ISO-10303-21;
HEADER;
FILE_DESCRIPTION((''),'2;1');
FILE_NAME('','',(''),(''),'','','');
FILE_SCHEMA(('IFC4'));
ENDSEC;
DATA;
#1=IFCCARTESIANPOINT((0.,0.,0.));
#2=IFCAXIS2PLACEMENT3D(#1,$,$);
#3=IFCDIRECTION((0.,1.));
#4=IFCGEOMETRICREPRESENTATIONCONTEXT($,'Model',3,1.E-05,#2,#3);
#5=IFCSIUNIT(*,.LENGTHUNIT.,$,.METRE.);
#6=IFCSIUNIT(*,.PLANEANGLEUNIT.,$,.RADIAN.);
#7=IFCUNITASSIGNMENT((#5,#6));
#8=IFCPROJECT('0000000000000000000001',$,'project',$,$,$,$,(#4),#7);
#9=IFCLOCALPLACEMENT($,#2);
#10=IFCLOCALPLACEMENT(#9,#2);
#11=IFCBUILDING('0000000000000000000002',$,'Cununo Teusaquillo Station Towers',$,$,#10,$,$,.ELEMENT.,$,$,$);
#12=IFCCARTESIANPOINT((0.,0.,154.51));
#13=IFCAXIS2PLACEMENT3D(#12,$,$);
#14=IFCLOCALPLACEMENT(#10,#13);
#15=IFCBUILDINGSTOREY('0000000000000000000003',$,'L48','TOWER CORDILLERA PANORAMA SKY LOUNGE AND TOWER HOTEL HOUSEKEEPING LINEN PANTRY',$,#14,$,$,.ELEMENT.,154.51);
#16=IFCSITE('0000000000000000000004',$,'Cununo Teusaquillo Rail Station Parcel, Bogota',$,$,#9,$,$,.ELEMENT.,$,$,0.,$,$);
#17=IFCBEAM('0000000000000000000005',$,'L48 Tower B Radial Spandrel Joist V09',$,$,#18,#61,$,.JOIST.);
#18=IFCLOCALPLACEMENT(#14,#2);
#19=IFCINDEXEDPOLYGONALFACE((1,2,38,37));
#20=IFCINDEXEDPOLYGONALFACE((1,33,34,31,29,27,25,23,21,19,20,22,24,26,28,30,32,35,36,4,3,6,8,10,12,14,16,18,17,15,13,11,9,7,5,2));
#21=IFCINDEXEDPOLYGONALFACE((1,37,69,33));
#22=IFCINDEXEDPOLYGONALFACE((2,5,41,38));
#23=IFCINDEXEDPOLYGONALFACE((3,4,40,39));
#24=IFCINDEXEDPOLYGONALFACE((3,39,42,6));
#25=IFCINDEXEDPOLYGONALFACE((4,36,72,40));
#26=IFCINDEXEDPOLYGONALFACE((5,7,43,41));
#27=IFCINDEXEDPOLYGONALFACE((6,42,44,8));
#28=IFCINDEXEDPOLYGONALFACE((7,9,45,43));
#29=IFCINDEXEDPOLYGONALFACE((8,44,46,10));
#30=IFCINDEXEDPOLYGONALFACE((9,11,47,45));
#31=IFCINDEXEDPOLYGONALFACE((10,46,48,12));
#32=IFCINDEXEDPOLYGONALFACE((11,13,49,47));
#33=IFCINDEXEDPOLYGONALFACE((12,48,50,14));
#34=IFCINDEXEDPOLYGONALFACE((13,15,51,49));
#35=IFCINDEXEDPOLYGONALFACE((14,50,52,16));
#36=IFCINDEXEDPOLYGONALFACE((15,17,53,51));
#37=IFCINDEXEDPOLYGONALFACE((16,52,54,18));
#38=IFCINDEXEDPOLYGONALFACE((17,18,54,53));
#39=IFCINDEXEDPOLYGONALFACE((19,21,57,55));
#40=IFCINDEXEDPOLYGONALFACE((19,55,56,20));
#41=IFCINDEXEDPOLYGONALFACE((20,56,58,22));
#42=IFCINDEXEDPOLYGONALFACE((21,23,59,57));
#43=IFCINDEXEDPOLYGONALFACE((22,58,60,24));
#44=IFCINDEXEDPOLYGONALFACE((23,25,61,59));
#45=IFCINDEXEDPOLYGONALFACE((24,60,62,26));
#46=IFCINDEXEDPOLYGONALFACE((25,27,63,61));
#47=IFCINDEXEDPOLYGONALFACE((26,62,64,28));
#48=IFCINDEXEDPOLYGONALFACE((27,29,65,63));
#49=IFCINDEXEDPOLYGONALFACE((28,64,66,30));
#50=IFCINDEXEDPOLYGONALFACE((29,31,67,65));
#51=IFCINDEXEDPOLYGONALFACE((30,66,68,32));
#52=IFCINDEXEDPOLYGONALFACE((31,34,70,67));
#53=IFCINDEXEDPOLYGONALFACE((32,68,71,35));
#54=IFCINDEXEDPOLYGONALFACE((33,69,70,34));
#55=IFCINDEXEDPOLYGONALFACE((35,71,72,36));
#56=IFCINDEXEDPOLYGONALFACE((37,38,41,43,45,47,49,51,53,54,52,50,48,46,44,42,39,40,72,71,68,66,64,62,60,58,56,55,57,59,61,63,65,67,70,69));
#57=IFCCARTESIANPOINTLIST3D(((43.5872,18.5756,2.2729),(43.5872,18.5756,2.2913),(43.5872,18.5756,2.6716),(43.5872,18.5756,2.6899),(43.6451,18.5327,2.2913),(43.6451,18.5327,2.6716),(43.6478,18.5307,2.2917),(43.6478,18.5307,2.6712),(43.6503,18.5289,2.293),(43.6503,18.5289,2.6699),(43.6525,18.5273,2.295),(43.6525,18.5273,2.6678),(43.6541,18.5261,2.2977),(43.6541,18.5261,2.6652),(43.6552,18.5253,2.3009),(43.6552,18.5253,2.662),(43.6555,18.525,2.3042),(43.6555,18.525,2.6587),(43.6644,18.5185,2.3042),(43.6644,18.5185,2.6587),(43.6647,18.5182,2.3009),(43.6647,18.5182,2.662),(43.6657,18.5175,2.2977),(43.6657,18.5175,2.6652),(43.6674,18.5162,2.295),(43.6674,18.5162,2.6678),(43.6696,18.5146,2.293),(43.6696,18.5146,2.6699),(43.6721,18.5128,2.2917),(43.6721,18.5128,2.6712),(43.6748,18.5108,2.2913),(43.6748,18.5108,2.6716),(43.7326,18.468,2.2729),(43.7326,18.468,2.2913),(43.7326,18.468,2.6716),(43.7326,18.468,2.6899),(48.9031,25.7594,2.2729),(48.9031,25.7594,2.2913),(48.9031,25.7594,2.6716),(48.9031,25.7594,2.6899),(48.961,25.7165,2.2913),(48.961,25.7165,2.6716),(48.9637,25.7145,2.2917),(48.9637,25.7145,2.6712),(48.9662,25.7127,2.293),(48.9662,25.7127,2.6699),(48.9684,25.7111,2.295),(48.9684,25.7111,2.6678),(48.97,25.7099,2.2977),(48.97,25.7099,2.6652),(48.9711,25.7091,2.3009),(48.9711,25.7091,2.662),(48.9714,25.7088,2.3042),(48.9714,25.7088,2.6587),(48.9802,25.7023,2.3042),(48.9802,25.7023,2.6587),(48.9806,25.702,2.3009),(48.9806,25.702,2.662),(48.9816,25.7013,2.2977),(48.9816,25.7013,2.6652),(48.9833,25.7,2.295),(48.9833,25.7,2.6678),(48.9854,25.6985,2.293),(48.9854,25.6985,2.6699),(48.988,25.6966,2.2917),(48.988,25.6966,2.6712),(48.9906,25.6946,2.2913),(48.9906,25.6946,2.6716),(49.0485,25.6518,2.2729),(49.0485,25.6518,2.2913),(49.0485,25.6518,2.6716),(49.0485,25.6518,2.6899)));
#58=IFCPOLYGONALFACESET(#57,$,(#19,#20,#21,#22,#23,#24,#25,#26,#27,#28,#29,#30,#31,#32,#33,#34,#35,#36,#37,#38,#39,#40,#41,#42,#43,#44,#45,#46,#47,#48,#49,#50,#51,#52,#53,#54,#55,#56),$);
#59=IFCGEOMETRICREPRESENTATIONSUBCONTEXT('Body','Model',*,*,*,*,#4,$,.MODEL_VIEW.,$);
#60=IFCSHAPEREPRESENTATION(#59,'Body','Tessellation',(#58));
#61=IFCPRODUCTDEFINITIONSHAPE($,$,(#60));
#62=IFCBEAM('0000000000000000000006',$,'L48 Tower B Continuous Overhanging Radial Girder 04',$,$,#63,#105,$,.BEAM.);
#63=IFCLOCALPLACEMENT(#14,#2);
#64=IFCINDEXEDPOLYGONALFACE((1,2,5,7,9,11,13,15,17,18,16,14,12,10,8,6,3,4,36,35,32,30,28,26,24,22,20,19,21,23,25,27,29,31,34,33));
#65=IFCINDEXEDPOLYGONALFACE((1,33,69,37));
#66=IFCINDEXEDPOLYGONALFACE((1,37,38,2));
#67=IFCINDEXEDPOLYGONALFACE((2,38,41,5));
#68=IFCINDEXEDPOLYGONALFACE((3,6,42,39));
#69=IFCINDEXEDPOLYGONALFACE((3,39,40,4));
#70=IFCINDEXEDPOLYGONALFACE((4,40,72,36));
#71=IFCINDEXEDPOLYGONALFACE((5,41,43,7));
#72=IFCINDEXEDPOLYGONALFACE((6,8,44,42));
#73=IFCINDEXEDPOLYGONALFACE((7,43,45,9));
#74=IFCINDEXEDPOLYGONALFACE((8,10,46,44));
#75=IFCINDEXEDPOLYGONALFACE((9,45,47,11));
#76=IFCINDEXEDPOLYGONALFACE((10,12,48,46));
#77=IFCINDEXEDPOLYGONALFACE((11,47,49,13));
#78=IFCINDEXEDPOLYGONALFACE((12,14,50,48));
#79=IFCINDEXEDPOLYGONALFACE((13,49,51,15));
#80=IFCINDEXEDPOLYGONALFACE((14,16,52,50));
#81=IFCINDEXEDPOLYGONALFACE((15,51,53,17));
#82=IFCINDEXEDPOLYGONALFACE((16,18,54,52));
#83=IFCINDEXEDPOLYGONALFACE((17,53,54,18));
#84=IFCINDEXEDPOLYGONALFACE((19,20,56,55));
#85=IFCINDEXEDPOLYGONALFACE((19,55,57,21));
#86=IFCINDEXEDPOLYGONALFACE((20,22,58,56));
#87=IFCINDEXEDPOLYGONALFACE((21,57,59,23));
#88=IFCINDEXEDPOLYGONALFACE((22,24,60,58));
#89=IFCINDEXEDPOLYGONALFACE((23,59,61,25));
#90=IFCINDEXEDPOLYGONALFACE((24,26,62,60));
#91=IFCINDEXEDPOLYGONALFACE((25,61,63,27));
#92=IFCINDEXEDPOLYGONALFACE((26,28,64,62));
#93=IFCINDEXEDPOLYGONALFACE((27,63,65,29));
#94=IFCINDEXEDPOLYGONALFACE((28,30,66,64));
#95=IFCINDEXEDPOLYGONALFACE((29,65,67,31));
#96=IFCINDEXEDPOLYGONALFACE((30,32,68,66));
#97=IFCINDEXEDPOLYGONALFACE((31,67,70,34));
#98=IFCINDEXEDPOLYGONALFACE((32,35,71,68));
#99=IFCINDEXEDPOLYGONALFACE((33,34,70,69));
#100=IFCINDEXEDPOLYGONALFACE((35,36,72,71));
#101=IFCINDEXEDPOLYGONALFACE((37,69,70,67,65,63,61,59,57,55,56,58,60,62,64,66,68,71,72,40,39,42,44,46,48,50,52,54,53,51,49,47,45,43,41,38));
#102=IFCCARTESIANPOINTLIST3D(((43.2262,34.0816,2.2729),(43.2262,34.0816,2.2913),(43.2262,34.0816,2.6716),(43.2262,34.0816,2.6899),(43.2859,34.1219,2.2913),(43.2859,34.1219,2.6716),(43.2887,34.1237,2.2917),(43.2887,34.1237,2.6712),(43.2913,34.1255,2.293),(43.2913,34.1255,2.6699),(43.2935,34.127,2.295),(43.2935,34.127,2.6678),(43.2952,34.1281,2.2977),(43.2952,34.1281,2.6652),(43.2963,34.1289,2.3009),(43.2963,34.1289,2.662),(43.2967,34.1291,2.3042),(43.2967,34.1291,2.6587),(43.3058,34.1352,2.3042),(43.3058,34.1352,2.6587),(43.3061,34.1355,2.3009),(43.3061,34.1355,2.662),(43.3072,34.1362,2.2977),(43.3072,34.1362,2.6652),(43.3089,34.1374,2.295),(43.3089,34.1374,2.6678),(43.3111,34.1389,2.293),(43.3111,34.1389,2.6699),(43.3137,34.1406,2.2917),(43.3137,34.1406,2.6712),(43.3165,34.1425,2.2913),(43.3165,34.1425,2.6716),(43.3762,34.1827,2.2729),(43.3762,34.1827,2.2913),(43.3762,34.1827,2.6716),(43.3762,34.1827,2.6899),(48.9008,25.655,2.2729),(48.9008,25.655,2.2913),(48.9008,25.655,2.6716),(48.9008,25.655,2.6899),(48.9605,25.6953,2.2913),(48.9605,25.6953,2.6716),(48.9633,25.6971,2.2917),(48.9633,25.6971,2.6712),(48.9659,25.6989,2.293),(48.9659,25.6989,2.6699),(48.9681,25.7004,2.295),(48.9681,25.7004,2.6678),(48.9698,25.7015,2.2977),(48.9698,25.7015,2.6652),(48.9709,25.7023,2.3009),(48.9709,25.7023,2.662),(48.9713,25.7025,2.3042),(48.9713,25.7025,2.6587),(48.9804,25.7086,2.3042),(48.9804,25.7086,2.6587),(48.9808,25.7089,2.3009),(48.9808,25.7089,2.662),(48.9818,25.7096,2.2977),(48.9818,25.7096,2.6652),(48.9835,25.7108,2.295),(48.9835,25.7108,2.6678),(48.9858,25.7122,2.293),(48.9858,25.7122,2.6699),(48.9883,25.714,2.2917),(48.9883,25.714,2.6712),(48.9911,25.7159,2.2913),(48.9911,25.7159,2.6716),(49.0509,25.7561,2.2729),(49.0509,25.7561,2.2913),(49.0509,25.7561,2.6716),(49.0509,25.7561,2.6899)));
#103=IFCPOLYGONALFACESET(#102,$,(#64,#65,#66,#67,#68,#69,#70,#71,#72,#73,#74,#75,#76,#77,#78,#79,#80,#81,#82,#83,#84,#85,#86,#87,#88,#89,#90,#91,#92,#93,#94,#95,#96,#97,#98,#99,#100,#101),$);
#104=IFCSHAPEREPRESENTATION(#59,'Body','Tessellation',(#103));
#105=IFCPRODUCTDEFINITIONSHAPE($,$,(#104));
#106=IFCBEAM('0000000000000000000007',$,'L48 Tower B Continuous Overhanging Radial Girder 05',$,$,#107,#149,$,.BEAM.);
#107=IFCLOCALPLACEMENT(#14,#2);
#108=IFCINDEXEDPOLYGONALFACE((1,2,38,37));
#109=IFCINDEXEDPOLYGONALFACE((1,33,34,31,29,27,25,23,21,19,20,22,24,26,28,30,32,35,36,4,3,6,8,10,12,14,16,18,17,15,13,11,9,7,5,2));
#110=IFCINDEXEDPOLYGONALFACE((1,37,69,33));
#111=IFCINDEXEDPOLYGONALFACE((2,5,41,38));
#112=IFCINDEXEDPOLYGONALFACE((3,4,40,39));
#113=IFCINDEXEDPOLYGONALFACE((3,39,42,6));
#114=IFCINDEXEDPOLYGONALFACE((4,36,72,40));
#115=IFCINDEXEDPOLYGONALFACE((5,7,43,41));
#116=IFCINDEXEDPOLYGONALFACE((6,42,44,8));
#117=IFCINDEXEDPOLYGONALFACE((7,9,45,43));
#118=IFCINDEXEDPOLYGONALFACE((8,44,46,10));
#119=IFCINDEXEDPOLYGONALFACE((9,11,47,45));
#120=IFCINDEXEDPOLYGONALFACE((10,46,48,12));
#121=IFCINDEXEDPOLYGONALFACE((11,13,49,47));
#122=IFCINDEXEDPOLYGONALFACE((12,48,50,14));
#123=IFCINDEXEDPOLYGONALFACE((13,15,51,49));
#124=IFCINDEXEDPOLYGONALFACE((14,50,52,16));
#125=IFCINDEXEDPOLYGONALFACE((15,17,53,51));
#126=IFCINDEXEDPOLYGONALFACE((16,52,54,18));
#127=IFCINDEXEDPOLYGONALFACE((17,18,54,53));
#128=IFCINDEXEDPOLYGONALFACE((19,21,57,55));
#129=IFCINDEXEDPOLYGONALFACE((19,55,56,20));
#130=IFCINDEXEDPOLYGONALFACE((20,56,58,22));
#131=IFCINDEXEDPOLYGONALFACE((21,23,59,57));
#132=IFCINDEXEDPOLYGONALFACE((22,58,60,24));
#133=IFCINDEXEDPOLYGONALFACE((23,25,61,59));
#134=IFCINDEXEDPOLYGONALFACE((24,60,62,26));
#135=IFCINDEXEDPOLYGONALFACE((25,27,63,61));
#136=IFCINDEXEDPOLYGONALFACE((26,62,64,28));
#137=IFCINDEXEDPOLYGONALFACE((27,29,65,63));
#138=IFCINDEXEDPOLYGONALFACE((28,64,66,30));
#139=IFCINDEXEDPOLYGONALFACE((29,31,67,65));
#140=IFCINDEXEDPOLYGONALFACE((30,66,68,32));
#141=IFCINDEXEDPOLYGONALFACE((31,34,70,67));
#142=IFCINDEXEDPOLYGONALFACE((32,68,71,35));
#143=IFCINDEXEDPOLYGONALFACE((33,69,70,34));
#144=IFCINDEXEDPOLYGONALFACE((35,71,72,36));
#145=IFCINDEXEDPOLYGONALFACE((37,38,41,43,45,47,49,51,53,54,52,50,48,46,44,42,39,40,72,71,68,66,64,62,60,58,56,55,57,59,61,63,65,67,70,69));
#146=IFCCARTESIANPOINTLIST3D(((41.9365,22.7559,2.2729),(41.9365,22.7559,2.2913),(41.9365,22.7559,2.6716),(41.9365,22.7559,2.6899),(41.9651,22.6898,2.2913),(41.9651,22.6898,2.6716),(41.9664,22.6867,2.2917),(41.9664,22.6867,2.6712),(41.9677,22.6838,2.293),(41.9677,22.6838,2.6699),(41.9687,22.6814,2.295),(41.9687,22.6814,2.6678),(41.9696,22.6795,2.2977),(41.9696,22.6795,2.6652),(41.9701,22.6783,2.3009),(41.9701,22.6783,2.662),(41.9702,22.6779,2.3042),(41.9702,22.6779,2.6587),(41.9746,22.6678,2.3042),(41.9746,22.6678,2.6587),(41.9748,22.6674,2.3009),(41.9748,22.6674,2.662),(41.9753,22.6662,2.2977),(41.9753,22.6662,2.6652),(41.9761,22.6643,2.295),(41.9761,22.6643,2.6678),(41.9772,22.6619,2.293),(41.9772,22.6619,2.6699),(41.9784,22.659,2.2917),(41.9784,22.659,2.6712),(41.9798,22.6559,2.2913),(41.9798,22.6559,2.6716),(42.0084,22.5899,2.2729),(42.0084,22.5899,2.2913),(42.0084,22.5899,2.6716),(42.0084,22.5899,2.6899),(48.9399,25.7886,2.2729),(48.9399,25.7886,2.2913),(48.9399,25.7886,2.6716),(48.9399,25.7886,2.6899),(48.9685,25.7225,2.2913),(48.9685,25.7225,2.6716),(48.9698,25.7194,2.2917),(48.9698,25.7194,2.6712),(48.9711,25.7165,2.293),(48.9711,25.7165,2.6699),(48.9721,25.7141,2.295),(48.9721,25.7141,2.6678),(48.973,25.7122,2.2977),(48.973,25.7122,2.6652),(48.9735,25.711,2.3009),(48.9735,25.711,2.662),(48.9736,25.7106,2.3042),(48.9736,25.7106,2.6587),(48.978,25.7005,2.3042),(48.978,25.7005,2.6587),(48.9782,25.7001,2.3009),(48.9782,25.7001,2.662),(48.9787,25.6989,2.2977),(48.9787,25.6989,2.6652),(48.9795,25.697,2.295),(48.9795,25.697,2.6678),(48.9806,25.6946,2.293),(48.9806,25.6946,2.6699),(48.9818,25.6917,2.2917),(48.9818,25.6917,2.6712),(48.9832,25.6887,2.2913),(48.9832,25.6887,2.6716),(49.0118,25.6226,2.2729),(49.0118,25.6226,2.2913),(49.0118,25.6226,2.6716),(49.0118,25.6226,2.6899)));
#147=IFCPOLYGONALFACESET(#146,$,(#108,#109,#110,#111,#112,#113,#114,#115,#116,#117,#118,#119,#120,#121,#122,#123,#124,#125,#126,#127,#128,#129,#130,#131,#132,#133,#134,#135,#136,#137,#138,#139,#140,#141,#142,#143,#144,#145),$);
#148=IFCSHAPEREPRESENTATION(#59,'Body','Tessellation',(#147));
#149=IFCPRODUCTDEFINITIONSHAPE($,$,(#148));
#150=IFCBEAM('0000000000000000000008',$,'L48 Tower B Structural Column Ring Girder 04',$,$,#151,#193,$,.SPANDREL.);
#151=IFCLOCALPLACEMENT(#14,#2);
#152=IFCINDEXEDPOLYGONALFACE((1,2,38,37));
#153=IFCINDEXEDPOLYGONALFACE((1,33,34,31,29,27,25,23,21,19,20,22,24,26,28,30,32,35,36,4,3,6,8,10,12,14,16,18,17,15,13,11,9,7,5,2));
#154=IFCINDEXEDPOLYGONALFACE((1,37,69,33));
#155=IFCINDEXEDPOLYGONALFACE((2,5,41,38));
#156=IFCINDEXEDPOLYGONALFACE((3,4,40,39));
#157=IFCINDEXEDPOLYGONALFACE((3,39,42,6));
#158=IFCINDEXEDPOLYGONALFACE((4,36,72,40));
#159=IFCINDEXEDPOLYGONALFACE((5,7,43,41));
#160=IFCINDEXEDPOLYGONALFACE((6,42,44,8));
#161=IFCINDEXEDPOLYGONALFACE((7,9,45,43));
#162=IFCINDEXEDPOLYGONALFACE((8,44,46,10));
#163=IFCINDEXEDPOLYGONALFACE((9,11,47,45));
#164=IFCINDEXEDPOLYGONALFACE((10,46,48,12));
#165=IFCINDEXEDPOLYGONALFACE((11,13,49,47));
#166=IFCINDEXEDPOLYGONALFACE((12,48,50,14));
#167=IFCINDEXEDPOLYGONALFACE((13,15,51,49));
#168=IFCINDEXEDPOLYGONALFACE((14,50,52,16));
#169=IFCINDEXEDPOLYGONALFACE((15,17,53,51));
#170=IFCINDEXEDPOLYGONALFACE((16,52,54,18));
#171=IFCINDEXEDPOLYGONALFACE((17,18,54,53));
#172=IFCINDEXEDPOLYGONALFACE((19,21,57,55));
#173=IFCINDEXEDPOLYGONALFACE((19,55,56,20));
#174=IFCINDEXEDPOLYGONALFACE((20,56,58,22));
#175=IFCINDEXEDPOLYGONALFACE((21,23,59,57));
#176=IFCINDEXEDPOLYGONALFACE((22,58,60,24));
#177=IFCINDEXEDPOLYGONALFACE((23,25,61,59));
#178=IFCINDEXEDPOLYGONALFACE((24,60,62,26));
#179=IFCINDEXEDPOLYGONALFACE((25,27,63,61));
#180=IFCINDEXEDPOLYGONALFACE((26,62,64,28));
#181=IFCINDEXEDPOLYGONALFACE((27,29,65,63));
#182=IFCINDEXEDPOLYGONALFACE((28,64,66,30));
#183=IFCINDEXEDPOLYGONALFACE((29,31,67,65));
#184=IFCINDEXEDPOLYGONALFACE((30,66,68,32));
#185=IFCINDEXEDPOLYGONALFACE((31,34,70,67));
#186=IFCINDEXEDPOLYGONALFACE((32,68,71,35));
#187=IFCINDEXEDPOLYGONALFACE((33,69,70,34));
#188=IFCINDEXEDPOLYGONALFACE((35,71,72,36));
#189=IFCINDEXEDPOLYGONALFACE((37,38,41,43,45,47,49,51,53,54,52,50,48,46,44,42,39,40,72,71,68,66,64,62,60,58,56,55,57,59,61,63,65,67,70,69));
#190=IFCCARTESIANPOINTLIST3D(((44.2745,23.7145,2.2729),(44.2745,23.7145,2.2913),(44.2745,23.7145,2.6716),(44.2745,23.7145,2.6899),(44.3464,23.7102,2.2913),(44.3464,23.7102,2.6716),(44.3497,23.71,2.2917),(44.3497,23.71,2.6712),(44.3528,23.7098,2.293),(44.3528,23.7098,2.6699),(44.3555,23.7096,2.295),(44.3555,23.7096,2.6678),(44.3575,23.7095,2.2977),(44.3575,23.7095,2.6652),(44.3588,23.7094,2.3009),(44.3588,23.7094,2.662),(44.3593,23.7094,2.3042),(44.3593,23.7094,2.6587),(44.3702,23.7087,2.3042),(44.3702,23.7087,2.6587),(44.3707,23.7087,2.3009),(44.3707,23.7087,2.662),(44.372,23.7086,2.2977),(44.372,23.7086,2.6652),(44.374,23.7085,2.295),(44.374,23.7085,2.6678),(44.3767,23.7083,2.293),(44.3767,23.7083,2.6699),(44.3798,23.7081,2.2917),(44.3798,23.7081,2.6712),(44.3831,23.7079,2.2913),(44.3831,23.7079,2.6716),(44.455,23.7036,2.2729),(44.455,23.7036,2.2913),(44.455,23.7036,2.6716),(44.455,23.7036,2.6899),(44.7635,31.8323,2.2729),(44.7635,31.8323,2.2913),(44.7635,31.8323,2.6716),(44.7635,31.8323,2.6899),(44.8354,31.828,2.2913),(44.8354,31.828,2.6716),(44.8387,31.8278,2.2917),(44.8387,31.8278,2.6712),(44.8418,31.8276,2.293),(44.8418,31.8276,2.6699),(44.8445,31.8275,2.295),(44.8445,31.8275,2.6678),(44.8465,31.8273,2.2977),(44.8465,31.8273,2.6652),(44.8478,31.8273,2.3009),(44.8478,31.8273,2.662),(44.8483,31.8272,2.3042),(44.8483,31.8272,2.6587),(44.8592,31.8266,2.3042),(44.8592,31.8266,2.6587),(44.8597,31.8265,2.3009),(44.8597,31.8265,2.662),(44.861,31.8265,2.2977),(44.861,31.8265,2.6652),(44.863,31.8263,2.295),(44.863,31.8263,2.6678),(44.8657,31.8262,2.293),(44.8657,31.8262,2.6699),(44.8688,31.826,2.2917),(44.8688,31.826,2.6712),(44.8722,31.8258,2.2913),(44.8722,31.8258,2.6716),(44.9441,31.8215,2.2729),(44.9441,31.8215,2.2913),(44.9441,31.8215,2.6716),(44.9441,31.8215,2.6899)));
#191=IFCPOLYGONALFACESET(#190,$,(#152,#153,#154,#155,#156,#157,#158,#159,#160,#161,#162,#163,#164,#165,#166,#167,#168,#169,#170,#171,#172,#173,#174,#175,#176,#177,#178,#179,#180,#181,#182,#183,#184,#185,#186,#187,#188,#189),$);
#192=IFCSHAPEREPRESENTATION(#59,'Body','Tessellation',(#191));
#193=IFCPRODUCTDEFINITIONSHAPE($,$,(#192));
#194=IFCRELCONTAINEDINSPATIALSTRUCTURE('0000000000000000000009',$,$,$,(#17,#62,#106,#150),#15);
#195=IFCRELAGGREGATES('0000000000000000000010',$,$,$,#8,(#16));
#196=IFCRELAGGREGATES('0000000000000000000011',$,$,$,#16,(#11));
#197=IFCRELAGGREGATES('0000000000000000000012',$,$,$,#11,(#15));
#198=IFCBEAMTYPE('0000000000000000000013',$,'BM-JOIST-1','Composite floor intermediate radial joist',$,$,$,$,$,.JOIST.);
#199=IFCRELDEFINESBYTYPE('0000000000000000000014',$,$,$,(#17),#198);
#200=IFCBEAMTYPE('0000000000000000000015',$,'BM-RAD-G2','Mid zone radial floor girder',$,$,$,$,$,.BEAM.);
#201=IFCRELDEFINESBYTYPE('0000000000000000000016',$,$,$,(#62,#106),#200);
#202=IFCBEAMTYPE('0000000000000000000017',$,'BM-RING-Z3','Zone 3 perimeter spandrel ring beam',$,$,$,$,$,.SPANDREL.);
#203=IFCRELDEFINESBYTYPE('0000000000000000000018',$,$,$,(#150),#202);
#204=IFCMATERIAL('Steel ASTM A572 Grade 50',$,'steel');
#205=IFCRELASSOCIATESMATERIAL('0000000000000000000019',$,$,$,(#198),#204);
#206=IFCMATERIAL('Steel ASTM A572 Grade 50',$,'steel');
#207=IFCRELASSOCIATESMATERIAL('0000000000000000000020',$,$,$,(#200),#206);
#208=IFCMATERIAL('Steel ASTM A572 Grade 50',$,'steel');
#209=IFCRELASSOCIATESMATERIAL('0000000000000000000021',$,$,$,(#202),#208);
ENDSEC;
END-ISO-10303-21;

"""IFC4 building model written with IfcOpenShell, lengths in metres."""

from ifc_helpers import new_model, si_unit, direction, frame, origin, origin_2d, place, context, subcontext, project, spatial, i_section, extrude, material, material_profile, profile_set, type_object, element, save


model = new_model("IFC4")

# Units and contexts
model_context = context("Model", 3, precision=1e-05, world=origin(), true_north=direction((0.0, 1.0)))
body_context = subcontext(model_context, "Body", "Model", "MODEL_VIEW")
ifc_project = project(units=[si_unit("LENGTHUNIT", "METRE"), si_unit("PLANEANGLEUNIT", "RADIAN")], contexts=[model_context])

# Site, building, storey
site_placement = place(None, origin())
site = spatial("IfcSite", under=ifc_project, at=site_placement, Name="Cununo Teusaquillo Rail Station Parcel, Bogota", CompositionType="ELEMENT", RefElevation=0.0)
building_placement = place(site_placement, origin())
building = spatial("IfcBuilding", under=site, at=building_placement, Name="Cununo Teusaquillo Station Towers", CompositionType="ELEMENT")
storey_placement = place(building_placement, frame((0.0, 0.0, 154.51)))
storey = spatial("IfcBuildingStorey", under=building, at=storey_placement, Name="L48", Description="TOWER CORDILLERA PANORAMA SKY LOUNGE AND TOWER HOTEL HOUSEKEEPING LINEN PANTRY", CompositionType="ELEMENT", Elevation=154.51)

# Beams
ifc_material_1 = material(Name="Steel ASTM A572 Grade 50", Category="steel")
ifc_material_profile_1 = material_profile(ifc_material_1, i_section(OverallWidth=0.1809, OverallDepth=0.417, WebThickness=0.011, FlangeThickness=0.0183, FilletRadius=0.0129, at=origin_2d()), Name="W16X57")
ifc_profile_set_1 = profile_set([ifc_material_profile_1], Name="Steel ASTM A572 Grade 50")
beam_type_1 = type_object("IfcBeamType", Name="BM-JOIST-1", Description="Composite floor intermediate radial joist", PredefinedType="JOIST", material=ifc_profile_set_1)
beam_1_placement = place(storey_placement, frame((48.9758, 25.7056, 2.4814), z_axis=(-0.594834, -0.803848, 0.0), x_axis=(0.803848, -0.594834, 0.0)))
element("IfcBeam", 1, at=beam_1_placement, inside=storey, type_object=beam_type_1, Name="L48 Tower B Radial Spandrel Joist V09", PredefinedType="JOIST", context=body_context, shape_type="SweptSolid", body=[
    extrude(i_section(OverallWidth=0.1809, OverallDepth=0.417, WebThickness=0.011, FlangeThickness=0.0183, FilletRadius=0.0129, at=origin_2d()), origin(), (0.0, 0.0, 1.0), 8.9368),
])
ifc_material_2 = material(Name="Steel ASTM A572 Grade 50", Category="steel")
ifc_material_profile_2 = material_profile(ifc_material_2, i_section(OverallWidth=0.1809, OverallDepth=0.417, WebThickness=0.011, FlangeThickness=0.0183, FilletRadius=0.0129, at=origin_2d()), Name="W16X57")
ifc_profile_set_2 = profile_set([ifc_material_profile_2], Name="Steel ASTM A572 Grade 50")
beam_type_2 = type_object("IfcBeamType", Name="BM-RAD-G2", Description="Mid zone radial floor girder", PredefinedType="BEAM", material=ifc_profile_set_2)
beam_2_placement = place(storey_placement, frame((48.9758, 25.7056, 2.4814), z_axis=(-0.558571, 0.829457, 0.0), x_axis=(-0.829457, -0.558571, 0.0)))
element("IfcBeam", 2, at=beam_2_placement, inside=storey, type_object=beam_type_2, Name="L48 Tower B Continuous Overhanging Radial Girder 04", PredefinedType="BEAM", context=body_context, shape_type="SweptSolid", body=[
    extrude(i_section(OverallWidth=0.1809, OverallDepth=0.417, WebThickness=0.011, FlangeThickness=0.0183, FilletRadius=0.0129, at=origin_2d()), origin(), (0.0, 0.0, 1.0), 10.1592),
])
beam_3_placement = place(storey_placement, frame((48.9758, 25.7056, 2.4814), z_axis=(-0.917656, -0.397376, 0.0), x_axis=(0.397376, -0.917656, 0.0)))
element("IfcBeam", 3, at=beam_3_placement, inside=storey, type_object=beam_type_2, Name="L48 Tower B Continuous Overhanging Radial Girder 05", PredefinedType="BEAM", context=body_context, shape_type="SweptSolid", body=[
    extrude(i_section(OverallWidth=0.1809, OverallDepth=0.417, WebThickness=0.011, FlangeThickness=0.0183, FilletRadius=0.0129, at=origin_2d()), origin(), (0.0, 0.0, 1.0), 7.6318),
])
ifc_material_3 = material(Name="Steel ASTM A572 Grade 50", Category="steel")
ifc_material_profile_3 = material_profile(ifc_material_3, i_section(OverallWidth=0.1809, OverallDepth=0.417, WebThickness=0.011, FlangeThickness=0.0183, FilletRadius=0.0129, at=origin_2d()), Name="W16X57")
ifc_profile_set_3 = profile_set([ifc_material_profile_3], Name="Steel ASTM A572 Grade 50")
beam_type_3 = type_object("IfcBeamType", Name="BM-RING-Z3", Description="Zone 3 perimeter spandrel ring beam", PredefinedType="SPANDREL", material=ifc_profile_set_3)
beam_4_placement = place(storey_placement, frame((44.8538, 31.8269, 2.4814), z_axis=(-0.06013, -0.998191, 0.0), x_axis=(0.998191, -0.06013, 0.0)))
element("IfcBeam", 4, at=beam_4_placement, inside=storey, type_object=beam_type_3, Name="L48 Tower B Structural Column Ring Girder 04", PredefinedType="SPANDREL", context=body_context, shape_type="SweptSolid", body=[
    extrude(i_section(OverallWidth=0.1809, OverallDepth=0.417, WebThickness=0.011, FlangeThickness=0.0183, FilletRadius=0.0129, at=origin_2d()), origin(), (0.0, 0.0, 1.0), 8.1326),
])

save(model, "model.ifc")
